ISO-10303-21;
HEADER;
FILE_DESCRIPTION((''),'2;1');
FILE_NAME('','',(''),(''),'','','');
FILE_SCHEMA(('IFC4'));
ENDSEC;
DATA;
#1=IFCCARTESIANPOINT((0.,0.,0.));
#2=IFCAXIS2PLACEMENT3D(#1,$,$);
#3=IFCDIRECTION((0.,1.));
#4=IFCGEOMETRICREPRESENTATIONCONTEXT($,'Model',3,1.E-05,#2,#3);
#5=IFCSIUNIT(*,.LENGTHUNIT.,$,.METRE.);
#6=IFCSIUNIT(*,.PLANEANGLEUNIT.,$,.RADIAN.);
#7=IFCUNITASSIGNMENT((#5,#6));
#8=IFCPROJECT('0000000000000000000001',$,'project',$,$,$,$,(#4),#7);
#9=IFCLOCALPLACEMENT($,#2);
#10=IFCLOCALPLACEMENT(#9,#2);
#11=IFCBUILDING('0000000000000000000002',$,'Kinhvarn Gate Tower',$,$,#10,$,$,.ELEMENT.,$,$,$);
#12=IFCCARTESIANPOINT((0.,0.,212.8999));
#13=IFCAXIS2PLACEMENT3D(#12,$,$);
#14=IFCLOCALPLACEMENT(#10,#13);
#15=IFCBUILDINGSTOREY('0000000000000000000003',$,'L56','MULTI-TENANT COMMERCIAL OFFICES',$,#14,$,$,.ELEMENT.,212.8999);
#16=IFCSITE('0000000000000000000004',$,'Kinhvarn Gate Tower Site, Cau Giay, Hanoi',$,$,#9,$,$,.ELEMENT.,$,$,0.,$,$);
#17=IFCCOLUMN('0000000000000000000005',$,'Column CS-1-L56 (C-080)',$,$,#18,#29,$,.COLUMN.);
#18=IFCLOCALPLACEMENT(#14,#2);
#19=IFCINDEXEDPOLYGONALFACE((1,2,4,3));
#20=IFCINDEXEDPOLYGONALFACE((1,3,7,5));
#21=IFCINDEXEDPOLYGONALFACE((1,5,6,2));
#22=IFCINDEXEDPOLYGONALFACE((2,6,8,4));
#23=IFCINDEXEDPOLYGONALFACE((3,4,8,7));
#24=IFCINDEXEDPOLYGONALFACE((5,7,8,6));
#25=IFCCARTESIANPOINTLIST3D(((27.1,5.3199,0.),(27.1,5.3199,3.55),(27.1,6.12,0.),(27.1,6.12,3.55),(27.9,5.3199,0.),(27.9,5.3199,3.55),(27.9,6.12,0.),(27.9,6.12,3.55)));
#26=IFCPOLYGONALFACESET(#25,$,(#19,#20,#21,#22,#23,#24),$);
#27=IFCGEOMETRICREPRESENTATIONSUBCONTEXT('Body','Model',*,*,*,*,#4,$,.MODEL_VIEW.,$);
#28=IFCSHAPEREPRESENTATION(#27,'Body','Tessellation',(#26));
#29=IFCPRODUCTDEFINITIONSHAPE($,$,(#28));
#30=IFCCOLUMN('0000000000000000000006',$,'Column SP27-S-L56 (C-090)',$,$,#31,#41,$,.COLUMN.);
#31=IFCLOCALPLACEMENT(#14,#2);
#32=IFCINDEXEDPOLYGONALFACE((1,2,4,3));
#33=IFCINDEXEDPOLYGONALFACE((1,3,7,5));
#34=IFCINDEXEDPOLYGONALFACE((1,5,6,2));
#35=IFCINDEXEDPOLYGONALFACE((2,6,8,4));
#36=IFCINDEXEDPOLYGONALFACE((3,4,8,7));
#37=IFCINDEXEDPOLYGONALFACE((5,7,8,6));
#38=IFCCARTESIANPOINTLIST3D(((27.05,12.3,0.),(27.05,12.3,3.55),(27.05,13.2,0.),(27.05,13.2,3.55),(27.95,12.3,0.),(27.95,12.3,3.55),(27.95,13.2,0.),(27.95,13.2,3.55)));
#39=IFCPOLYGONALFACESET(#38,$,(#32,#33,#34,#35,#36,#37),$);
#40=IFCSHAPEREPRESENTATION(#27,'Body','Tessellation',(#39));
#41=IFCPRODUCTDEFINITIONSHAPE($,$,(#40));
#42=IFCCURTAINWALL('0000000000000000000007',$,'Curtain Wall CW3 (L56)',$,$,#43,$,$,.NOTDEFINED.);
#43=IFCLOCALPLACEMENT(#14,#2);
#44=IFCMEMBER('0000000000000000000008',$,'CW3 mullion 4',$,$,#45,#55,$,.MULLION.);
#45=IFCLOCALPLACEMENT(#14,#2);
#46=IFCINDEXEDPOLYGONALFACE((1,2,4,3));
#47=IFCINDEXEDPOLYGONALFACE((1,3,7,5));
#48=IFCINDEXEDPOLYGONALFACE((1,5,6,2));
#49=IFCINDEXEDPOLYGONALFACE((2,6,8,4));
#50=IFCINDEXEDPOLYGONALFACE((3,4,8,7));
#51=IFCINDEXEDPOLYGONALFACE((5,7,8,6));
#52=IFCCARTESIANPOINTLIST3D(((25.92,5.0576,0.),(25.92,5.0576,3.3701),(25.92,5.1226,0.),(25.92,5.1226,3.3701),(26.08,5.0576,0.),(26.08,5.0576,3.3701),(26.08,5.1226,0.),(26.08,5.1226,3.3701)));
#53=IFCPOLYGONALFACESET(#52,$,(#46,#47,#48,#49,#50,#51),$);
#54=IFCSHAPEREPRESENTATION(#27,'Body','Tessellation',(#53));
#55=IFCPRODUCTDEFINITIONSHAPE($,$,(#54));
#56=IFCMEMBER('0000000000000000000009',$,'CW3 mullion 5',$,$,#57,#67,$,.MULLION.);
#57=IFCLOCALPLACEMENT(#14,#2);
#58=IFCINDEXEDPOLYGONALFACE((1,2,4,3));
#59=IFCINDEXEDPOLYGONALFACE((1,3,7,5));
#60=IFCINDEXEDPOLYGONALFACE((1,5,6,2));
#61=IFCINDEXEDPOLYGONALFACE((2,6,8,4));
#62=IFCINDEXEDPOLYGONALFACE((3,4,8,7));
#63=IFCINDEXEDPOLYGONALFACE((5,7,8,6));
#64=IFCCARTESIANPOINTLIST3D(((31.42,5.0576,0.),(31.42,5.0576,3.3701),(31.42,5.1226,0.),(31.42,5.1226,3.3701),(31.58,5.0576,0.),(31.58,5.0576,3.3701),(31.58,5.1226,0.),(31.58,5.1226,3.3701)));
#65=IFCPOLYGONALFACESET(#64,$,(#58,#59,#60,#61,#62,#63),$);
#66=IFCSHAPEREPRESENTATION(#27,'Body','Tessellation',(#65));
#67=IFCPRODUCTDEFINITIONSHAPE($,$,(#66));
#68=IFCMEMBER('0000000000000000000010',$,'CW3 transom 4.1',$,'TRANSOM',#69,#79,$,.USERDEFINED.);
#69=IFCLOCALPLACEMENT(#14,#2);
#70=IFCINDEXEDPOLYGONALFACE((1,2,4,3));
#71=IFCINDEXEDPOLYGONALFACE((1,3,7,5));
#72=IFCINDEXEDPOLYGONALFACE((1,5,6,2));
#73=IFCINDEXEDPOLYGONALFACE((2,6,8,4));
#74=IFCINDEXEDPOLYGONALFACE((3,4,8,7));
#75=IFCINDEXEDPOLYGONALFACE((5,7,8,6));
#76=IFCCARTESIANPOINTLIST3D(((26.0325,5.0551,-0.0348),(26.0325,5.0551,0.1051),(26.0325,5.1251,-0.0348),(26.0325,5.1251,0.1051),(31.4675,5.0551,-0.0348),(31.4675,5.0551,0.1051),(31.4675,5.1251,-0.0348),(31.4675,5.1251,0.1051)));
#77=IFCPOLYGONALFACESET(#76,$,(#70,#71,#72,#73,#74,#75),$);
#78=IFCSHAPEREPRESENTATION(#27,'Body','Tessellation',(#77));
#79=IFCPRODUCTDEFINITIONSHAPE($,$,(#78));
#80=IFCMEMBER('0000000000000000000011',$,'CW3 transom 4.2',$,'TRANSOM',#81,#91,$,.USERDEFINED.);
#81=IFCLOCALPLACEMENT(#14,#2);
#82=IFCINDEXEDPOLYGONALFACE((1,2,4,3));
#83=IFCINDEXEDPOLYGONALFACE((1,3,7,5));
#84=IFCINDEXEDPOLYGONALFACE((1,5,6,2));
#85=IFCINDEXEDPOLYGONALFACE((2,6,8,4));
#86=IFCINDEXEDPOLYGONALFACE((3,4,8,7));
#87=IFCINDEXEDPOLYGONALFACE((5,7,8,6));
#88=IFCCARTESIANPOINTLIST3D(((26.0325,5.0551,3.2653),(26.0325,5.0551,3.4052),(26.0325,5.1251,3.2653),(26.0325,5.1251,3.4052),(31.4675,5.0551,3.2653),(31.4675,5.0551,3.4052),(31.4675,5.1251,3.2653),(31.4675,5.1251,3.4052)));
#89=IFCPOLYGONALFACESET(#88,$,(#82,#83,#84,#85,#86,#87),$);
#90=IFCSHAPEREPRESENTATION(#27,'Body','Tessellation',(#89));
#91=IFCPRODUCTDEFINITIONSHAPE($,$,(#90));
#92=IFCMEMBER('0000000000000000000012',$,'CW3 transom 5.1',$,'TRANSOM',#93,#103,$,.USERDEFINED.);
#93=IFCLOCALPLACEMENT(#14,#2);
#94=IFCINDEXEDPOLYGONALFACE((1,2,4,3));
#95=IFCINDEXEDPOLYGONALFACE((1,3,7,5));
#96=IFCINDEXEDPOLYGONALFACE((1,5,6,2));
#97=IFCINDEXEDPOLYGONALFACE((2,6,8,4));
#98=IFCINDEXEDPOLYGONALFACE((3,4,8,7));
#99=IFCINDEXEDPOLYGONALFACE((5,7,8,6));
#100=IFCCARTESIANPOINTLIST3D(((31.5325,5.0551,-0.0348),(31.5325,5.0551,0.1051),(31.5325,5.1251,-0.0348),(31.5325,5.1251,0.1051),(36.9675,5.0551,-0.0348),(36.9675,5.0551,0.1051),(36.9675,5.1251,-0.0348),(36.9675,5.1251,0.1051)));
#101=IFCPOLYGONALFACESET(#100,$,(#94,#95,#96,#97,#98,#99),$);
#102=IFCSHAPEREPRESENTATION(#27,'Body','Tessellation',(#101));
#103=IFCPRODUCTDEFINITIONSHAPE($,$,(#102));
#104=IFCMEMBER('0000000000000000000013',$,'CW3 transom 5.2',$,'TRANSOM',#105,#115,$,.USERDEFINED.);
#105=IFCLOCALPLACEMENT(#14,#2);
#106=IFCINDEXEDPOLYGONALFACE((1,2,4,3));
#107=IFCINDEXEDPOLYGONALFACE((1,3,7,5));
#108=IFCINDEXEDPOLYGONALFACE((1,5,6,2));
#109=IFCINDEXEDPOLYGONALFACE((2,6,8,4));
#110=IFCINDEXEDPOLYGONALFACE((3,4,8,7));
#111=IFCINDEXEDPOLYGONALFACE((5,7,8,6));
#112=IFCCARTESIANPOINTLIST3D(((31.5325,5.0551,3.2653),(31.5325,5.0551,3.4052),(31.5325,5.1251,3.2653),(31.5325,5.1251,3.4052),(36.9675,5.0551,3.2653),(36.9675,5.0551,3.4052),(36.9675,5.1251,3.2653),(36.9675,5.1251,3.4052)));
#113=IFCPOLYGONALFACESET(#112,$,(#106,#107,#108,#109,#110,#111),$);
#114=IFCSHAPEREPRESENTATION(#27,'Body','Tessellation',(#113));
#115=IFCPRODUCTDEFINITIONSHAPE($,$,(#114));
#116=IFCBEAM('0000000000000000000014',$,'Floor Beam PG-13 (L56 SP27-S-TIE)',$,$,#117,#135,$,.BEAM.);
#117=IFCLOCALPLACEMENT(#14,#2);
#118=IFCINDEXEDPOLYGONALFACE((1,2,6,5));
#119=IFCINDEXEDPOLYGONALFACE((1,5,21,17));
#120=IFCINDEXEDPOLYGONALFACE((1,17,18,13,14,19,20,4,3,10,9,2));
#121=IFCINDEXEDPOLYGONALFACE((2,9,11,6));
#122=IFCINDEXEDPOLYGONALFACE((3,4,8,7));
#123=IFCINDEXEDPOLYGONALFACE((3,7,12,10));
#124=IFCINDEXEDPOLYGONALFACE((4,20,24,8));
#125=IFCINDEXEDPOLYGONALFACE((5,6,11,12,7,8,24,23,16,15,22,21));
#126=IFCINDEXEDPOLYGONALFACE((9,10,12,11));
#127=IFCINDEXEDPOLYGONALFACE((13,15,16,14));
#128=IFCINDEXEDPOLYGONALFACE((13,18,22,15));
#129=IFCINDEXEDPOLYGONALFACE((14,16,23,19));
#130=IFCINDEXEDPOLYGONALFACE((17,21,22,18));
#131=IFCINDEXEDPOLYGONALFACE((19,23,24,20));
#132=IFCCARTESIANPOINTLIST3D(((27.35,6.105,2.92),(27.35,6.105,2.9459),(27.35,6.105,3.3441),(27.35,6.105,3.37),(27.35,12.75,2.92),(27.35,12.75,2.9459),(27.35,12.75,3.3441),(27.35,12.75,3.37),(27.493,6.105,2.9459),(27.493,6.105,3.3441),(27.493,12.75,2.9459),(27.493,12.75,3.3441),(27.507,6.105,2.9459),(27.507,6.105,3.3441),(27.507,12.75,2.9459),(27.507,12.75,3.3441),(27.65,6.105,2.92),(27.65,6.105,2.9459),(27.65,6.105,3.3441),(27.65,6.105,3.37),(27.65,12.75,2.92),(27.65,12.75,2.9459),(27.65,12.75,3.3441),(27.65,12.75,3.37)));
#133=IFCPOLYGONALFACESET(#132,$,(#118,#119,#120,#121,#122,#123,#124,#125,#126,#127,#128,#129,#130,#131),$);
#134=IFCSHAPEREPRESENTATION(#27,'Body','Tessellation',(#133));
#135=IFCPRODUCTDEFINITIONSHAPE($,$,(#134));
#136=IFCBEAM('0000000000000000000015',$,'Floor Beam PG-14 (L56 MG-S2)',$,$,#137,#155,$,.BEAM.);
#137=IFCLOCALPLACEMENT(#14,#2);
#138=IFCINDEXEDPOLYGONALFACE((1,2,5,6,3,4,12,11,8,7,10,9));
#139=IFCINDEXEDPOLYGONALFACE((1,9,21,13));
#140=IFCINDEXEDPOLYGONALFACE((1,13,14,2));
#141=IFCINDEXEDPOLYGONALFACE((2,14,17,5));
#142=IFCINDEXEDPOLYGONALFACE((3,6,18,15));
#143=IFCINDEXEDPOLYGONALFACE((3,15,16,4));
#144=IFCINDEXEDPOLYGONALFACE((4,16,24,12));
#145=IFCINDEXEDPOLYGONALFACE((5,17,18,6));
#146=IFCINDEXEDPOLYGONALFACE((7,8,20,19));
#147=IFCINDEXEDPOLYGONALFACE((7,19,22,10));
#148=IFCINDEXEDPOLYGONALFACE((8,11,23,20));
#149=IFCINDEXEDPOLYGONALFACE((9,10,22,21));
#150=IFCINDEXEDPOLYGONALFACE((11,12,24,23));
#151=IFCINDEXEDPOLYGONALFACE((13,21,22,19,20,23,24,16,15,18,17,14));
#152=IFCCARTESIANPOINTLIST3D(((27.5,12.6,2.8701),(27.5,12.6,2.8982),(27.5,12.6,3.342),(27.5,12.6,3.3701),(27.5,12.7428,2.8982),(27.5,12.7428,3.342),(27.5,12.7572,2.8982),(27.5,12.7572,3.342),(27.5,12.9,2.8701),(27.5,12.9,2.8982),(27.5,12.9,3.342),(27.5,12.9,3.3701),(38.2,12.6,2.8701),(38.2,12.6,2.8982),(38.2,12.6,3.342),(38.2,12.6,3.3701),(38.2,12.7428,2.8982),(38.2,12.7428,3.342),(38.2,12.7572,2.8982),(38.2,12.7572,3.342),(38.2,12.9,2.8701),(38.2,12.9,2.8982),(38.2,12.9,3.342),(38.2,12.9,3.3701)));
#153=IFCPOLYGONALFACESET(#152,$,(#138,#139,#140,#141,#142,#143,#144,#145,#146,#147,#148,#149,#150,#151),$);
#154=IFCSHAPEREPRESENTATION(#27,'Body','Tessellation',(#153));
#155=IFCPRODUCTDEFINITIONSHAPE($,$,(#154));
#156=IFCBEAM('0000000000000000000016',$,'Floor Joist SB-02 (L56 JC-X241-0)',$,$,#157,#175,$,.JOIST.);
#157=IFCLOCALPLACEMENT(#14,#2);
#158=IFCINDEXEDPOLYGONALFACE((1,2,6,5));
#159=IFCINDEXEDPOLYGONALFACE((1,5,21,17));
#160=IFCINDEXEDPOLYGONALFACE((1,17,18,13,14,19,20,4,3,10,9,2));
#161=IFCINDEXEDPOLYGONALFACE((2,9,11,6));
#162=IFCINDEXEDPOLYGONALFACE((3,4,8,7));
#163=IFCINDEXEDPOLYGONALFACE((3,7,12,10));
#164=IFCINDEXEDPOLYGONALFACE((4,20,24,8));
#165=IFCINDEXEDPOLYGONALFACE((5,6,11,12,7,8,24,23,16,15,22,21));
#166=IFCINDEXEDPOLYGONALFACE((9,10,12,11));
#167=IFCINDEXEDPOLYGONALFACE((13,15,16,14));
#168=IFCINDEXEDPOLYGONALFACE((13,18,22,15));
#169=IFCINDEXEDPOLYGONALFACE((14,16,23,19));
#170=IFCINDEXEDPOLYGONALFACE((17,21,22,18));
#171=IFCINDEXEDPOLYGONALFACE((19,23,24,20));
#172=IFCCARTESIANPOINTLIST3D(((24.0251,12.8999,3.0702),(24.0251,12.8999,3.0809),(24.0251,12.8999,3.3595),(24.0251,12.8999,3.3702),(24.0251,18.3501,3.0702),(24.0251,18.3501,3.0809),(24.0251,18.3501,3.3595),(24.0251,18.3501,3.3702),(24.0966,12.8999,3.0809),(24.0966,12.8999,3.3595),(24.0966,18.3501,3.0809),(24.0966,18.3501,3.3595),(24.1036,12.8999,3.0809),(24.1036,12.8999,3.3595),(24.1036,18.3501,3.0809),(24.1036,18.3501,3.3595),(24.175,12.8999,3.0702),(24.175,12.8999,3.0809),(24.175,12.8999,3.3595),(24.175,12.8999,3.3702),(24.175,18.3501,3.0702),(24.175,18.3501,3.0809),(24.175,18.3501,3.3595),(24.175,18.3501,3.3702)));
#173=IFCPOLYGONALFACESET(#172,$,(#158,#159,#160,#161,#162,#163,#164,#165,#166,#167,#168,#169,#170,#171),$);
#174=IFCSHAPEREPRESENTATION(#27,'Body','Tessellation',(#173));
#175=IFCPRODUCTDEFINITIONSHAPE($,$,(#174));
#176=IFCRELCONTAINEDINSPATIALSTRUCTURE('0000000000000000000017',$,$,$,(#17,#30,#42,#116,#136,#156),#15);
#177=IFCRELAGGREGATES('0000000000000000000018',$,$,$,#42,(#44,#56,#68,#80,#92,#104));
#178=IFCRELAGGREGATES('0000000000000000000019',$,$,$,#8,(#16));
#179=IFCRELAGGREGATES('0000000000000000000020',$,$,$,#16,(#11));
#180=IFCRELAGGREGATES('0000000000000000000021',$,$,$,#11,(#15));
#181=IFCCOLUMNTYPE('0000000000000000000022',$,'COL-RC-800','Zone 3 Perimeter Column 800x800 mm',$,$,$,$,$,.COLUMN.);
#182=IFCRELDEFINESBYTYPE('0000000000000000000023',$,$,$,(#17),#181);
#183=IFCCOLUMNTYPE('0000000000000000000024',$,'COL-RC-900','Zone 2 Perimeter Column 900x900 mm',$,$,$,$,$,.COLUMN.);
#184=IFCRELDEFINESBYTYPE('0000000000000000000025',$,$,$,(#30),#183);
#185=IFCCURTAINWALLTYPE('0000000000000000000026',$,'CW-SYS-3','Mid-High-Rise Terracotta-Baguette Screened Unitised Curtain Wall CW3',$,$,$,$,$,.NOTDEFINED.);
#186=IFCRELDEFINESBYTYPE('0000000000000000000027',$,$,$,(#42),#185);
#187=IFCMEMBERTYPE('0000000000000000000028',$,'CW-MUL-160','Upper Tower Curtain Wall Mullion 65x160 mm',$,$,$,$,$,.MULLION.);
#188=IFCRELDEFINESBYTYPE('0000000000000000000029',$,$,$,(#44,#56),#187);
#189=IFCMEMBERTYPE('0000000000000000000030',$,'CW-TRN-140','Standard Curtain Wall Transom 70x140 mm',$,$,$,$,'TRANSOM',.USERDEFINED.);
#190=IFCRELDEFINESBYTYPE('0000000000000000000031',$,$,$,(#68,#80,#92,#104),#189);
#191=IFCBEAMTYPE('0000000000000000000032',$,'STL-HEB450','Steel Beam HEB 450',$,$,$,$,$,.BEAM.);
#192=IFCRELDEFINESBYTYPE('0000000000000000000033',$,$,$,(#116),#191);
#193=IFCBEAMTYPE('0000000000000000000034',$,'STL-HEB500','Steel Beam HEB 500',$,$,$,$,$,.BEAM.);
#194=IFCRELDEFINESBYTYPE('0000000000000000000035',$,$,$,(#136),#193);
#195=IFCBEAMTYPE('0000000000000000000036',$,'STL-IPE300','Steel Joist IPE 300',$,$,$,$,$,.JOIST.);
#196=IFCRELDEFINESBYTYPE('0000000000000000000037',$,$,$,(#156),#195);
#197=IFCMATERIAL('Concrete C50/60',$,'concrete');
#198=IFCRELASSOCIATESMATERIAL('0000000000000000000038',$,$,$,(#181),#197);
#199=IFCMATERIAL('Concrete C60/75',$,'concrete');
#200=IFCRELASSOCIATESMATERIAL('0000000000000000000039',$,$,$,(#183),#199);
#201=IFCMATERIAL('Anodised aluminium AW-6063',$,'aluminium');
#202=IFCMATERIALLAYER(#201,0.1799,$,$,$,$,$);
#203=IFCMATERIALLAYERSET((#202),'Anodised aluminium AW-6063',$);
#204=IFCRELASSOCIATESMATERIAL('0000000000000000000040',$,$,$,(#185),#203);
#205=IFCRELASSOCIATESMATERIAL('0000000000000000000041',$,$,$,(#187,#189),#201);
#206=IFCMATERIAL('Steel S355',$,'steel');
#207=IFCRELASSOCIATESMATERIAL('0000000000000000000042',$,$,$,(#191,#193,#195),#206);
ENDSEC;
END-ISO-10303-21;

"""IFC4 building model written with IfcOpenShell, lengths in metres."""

from ifc_helpers import new_model, si_unit, direction, frame, origin, origin_2d, place, context, subcontext, project, spatial, rectangle, i_section, extrude, material, layer, layer_set, material_profile, profile_set, type_object, element, aggregate, save


model = new_model("IFC4")

# Units and contexts
model_context = context("Model", 3, precision=1e-05, world=origin(), true_north=direction((0.0, 1.0)))
body_context = subcontext(model_context, "Body", "Model", "MODEL_VIEW")
ifc_project = project(units=[si_unit("LENGTHUNIT", "METRE"), si_unit("PLANEANGLEUNIT", "RADIAN")], contexts=[model_context])

# Site, building, storey
site_placement = place(None, origin())
site = spatial("IfcSite", under=ifc_project, at=site_placement, Name="Kinhvarn Gate Tower Site, Cau Giay, Hanoi", CompositionType="ELEMENT", RefElevation=0.0)
building_placement = place(site_placement, origin())
building = spatial("IfcBuilding", under=site, at=building_placement, Name="Kinhvarn Gate Tower", CompositionType="ELEMENT")
storey_placement = place(building_placement, frame((0.0, 0.0, 212.8999)))
storey = spatial("IfcBuildingStorey", under=building, at=storey_placement, Name="L56", Description="MULTI-TENANT COMMERCIAL OFFICES", CompositionType="ELEMENT", Elevation=212.8999)

# Columns
ifc_material_1 = material(Name="Concrete C50/60", Category="concrete")
ifc_material_profile_1 = material_profile(ifc_material_1, rectangle(XDim=0.8, YDim=0.8, at=origin_2d()), Name="RC 800x800")
ifc_profile_set_1 = profile_set([ifc_material_profile_1], Name="Concrete C50/60")
column_type_1 = type_object("IfcColumnType", Name="COL-RC-800", Description="Zone 3 Perimeter Column 800x800 mm", PredefinedType="COLUMN", material=ifc_profile_set_1)
column_1_placement = place(storey_placement, frame((27.5, 5.72, 0.0), z_axis=(0.0, 0.0, 1.0), x_axis=(1.0, 0.0, 0.0)))
element("IfcColumn", 1, at=column_1_placement, inside=storey, type_object=column_type_1, Name="Column CS-1-L56 (C-080)", PredefinedType="COLUMN", context=body_context, shape_type="SweptSolid", body=[
    extrude(rectangle(XDim=0.8, YDim=0.8, at=origin_2d()), origin(), (0.0, 0.0, 1.0), 3.55),
])
ifc_material_2 = material(Name="Concrete C60/75", Category="concrete")
ifc_material_profile_2 = material_profile(ifc_material_2, rectangle(XDim=0.8999, YDim=0.8999, at=origin_2d()), Name="RC 900x900")
ifc_profile_set_2 = profile_set([ifc_material_profile_2], Name="Concrete C60/75")
column_type_2 = type_object("IfcColumnType", Name="COL-RC-900", Description="Zone 2 Perimeter Column 900x900 mm", PredefinedType="COLUMN", material=ifc_profile_set_2)
column_2_placement = place(storey_placement, frame((27.5, 12.75, 0.0), z_axis=(0.0, 0.0, 1.0), x_axis=(1.0, 0.0, 0.0)))
element("IfcColumn", 2, at=column_2_placement, inside=storey, type_object=column_type_2, Name="Column SP27-S-L56 (C-090)", PredefinedType="COLUMN", context=body_context, shape_type="SweptSolid", body=[
    extrude(rectangle(XDim=0.8999, YDim=0.8999, at=origin_2d()), origin(), (0.0, 0.0, 1.0), 3.55),
])

# Curtain wall, members
ifc_material_3 = material(Name="Anodised aluminium AW-6063", Category="aluminium")
ifc_layer_1 = layer(ifc_material_3, 0.1799)
ifc_layer_set_1 = layer_set([ifc_layer_1], Name="Anodised aluminium AW-6063")
curtain_wall_type = type_object("IfcCurtainWallType", Name="CW-SYS-3", Description="Mid-High-Rise Terracotta-Baguette Screened Unitised Curtain Wall CW3", PredefinedType="NOTDEFINED", material=ifc_layer_set_1)
curtain_wall_placement = place(storey_placement, origin())
curtain_wall = element("IfcCurtainWall", 3, at=curtain_wall_placement, inside=storey, type_object=curtain_wall_type, Name="Curtain Wall CW3 (L56)", PredefinedType="NOTDEFINED")
ifc_material_profile_3 = material_profile(ifc_material_3, rectangle(XDim=0.0649, YDim=0.1599, at=origin_2d()), Name="ALU 65x160")
ifc_profile_set_3 = profile_set([ifc_material_profile_3], Name="Anodised aluminium AW-6063")
member_type_1 = type_object("IfcMemberType", Name="CW-MUL-160", Description="Upper Tower Curtain Wall Mullion 65x160 mm", PredefinedType="MULLION", material=ifc_profile_set_3)
member_1_placement = place(storey_placement, frame((26.0, 5.0901, 0.0), z_axis=(0.0, 0.0, 1.0), x_axis=(0.0, 1.0, 0.0)))
member_1 = element("IfcMember", 4, at=member_1_placement, type_object=member_type_1, Name="CW3 mullion 4", PredefinedType="MULLION", context=body_context, shape_type="SweptSolid", body=[
    extrude(rectangle(XDim=0.0649, YDim=0.1599, at=origin_2d()), origin(), (0.0, 0.0, 1.0), 3.3701),
])
member_2_placement = place(storey_placement, frame((31.5, 5.0901, 0.0), z_axis=(0.0, 0.0, 1.0), x_axis=(0.0, 1.0, 0.0)))
member_2 = element("IfcMember", 5, at=member_2_placement, type_object=member_type_1, Name="CW3 mullion 5", PredefinedType="MULLION", context=body_context, shape_type="SweptSolid", body=[
    extrude(rectangle(XDim=0.0649, YDim=0.1599, at=origin_2d()), origin(), (0.0, 0.0, 1.0), 3.3701),
])
ifc_material_profile_4 = material_profile(ifc_material_3, rectangle(XDim=0.0701, YDim=0.1399, at=origin_2d()), Name="ALU 70x140")
ifc_profile_set_4 = profile_set([ifc_material_profile_4], Name="Anodised aluminium AW-6063")
member_type_2 = type_object("IfcMemberType", Name="CW-TRN-140", Description="Standard Curtain Wall Transom 70x140 mm", ElementType="TRANSOM", PredefinedType="USERDEFINED", material=ifc_profile_set_4)
member_3_placement = place(storey_placement, frame((26.0325, 5.0901, 0.0352), z_axis=(1.0, 0.0, 0.0), x_axis=(0.0, 1.0, 0.0)))
member_3 = element("IfcMember", 6, at=member_3_placement, type_object=member_type_2, Name="CW3 transom 4.1", ObjectType="TRANSOM", PredefinedType="USERDEFINED", context=body_context, shape_type="SweptSolid", body=[
    extrude(rectangle(XDim=0.0701, YDim=0.1399, at=origin_2d()), origin(), (0.0, 0.0, 1.0), 5.4351),
])
member_4_placement = place(storey_placement, frame((26.0325, 5.0901, 3.3352), z_axis=(1.0, 0.0, 0.0), x_axis=(0.0, 1.0, 0.0)))
member_4 = element("IfcMember", 7, at=member_4_placement, type_object=member_type_2, Name="CW3 transom 4.2", ObjectType="TRANSOM", PredefinedType="USERDEFINED", context=body_context, shape_type="SweptSolid", body=[
    extrude(rectangle(XDim=0.0701, YDim=0.1399, at=origin_2d()), origin(), (0.0, 0.0, 1.0), 5.4351),
])
member_5_placement = place(storey_placement, frame((31.5325, 5.0901, 0.0352), z_axis=(1.0, 0.0, 0.0), x_axis=(0.0, 1.0, 0.0)))
member_5 = element("IfcMember", 8, at=member_5_placement, type_object=member_type_2, Name="CW3 transom 5.1", ObjectType="TRANSOM", PredefinedType="USERDEFINED", context=body_context, shape_type="SweptSolid", body=[
    extrude(rectangle(XDim=0.0701, YDim=0.1399, at=origin_2d()), origin(), (0.0, 0.0, 1.0), 5.4351),
])
member_6_placement = place(storey_placement, frame((31.5325, 5.0901, 3.3352), z_axis=(1.0, 0.0, 0.0), x_axis=(0.0, 1.0, 0.0)))
member_6 = element("IfcMember", 9, at=member_6_placement, type_object=member_type_2, Name="CW3 transom 5.2", ObjectType="TRANSOM", PredefinedType="USERDEFINED", context=body_context, shape_type="SweptSolid", body=[
    extrude(rectangle(XDim=0.0701, YDim=0.1399, at=origin_2d()), origin(), (0.0, 0.0, 1.0), 5.4351),
])

# Beams
ifc_material_4 = material(Name="Steel S355", Category="steel")
ifc_material_profile_5 = material_profile(ifc_material_4, i_section(OverallWidth=0.3, OverallDepth=0.45, WebThickness=0.0139, FlangeThickness=0.0259, at=origin_2d()), Name="HEB 450")
ifc_profile_set_5 = profile_set([ifc_material_profile_5], Name="Steel S355")
beam_type_1 = type_object("IfcBeamType", Name="STL-HEB450", Description="Steel Beam HEB 450", PredefinedType="BEAM", material=ifc_profile_set_5)
beam_1_placement = place(storey_placement, frame((27.5, 6.105, 3.145), z_axis=(0.0, 1.0, 0.0), x_axis=(-1.0, 0.0, 0.0)))
element("IfcBeam", 10, at=beam_1_placement, inside=storey, type_object=beam_type_1, Name="Floor Beam PG-13 (L56 SP27-S-TIE)", PredefinedType="BEAM", context=body_context, shape_type="SweptSolid", body=[
    extrude(i_section(OverallWidth=0.3, OverallDepth=0.45, WebThickness=0.0139, FlangeThickness=0.0259, at=origin_2d()), origin(), (0.0, 0.0, 1.0), 6.645),
])
ifc_material_profile_6 = material_profile(ifc_material_4, i_section(OverallWidth=0.3, OverallDepth=0.5, WebThickness=0.0144, FlangeThickness=0.0281, at=origin_2d()), Name="HEB 500")
ifc_profile_set_6 = profile_set([ifc_material_profile_6], Name="Steel S355")
beam_type_2 = type_object("IfcBeamType", Name="STL-HEB500", Description="Steel Beam HEB 500", PredefinedType="BEAM", material=ifc_profile_set_6)
beam_2_placement = place(storey_placement, frame((27.5, 12.75, 3.1201), z_axis=(1.0, 0.0, 0.0), x_axis=(0.0, 1.0, 0.0)))
element("IfcBeam", 11, at=beam_2_placement, inside=storey, type_object=beam_type_2, Name="Floor Beam PG-14 (L56 MG-S2)", PredefinedType="BEAM", context=body_context, shape_type="SweptSolid", body=[
    extrude(i_section(OverallWidth=0.3, OverallDepth=0.5, WebThickness=0.0144, FlangeThickness=0.0281, at=origin_2d()), origin(), (0.0, 0.0, 1.0), 10.7),
])
ifc_material_profile_7 = material_profile(ifc_material_4, i_section(OverallWidth=0.1499, OverallDepth=0.3, WebThickness=0.0071, FlangeThickness=0.0107, at=origin_2d()), Name="IPE 300")
ifc_profile_set_7 = profile_set([ifc_material_profile_7], Name="Steel S355")
beam_type_3 = type_object("IfcBeamType", Name="STL-IPE300", Description="Steel Joist IPE 300", PredefinedType="JOIST", material=ifc_profile_set_7)
for number, where, z_axis, x_axis, name in (
    (12, (24.1001, 12.8999, 3.2202), (0.0, 1.0, 0.0), (-1.0, 0.0, 0.0), "Floor Joist SB-02 (L56 JC-X241-0)"),
):
    element("IfcBeam", number, at=place(storey_placement, frame(where, z_axis=z_axis, x_axis=x_axis)), inside=storey, type_object=beam_type_3, Name=name, PredefinedType="JOIST", context=body_context, shape_type="SweptSolid", body=[
        extrude(i_section(OverallWidth=0.1499, OverallDepth=0.3, WebThickness=0.0071, FlangeThickness=0.0107, at=origin_2d()), origin(), (0.0, 0.0, 1.0), 5.4502),
    ])

aggregate(curtain_wall, [member_1, member_2, member_3, member_4, member_5, member_6])

save(model, "model.ifc")
